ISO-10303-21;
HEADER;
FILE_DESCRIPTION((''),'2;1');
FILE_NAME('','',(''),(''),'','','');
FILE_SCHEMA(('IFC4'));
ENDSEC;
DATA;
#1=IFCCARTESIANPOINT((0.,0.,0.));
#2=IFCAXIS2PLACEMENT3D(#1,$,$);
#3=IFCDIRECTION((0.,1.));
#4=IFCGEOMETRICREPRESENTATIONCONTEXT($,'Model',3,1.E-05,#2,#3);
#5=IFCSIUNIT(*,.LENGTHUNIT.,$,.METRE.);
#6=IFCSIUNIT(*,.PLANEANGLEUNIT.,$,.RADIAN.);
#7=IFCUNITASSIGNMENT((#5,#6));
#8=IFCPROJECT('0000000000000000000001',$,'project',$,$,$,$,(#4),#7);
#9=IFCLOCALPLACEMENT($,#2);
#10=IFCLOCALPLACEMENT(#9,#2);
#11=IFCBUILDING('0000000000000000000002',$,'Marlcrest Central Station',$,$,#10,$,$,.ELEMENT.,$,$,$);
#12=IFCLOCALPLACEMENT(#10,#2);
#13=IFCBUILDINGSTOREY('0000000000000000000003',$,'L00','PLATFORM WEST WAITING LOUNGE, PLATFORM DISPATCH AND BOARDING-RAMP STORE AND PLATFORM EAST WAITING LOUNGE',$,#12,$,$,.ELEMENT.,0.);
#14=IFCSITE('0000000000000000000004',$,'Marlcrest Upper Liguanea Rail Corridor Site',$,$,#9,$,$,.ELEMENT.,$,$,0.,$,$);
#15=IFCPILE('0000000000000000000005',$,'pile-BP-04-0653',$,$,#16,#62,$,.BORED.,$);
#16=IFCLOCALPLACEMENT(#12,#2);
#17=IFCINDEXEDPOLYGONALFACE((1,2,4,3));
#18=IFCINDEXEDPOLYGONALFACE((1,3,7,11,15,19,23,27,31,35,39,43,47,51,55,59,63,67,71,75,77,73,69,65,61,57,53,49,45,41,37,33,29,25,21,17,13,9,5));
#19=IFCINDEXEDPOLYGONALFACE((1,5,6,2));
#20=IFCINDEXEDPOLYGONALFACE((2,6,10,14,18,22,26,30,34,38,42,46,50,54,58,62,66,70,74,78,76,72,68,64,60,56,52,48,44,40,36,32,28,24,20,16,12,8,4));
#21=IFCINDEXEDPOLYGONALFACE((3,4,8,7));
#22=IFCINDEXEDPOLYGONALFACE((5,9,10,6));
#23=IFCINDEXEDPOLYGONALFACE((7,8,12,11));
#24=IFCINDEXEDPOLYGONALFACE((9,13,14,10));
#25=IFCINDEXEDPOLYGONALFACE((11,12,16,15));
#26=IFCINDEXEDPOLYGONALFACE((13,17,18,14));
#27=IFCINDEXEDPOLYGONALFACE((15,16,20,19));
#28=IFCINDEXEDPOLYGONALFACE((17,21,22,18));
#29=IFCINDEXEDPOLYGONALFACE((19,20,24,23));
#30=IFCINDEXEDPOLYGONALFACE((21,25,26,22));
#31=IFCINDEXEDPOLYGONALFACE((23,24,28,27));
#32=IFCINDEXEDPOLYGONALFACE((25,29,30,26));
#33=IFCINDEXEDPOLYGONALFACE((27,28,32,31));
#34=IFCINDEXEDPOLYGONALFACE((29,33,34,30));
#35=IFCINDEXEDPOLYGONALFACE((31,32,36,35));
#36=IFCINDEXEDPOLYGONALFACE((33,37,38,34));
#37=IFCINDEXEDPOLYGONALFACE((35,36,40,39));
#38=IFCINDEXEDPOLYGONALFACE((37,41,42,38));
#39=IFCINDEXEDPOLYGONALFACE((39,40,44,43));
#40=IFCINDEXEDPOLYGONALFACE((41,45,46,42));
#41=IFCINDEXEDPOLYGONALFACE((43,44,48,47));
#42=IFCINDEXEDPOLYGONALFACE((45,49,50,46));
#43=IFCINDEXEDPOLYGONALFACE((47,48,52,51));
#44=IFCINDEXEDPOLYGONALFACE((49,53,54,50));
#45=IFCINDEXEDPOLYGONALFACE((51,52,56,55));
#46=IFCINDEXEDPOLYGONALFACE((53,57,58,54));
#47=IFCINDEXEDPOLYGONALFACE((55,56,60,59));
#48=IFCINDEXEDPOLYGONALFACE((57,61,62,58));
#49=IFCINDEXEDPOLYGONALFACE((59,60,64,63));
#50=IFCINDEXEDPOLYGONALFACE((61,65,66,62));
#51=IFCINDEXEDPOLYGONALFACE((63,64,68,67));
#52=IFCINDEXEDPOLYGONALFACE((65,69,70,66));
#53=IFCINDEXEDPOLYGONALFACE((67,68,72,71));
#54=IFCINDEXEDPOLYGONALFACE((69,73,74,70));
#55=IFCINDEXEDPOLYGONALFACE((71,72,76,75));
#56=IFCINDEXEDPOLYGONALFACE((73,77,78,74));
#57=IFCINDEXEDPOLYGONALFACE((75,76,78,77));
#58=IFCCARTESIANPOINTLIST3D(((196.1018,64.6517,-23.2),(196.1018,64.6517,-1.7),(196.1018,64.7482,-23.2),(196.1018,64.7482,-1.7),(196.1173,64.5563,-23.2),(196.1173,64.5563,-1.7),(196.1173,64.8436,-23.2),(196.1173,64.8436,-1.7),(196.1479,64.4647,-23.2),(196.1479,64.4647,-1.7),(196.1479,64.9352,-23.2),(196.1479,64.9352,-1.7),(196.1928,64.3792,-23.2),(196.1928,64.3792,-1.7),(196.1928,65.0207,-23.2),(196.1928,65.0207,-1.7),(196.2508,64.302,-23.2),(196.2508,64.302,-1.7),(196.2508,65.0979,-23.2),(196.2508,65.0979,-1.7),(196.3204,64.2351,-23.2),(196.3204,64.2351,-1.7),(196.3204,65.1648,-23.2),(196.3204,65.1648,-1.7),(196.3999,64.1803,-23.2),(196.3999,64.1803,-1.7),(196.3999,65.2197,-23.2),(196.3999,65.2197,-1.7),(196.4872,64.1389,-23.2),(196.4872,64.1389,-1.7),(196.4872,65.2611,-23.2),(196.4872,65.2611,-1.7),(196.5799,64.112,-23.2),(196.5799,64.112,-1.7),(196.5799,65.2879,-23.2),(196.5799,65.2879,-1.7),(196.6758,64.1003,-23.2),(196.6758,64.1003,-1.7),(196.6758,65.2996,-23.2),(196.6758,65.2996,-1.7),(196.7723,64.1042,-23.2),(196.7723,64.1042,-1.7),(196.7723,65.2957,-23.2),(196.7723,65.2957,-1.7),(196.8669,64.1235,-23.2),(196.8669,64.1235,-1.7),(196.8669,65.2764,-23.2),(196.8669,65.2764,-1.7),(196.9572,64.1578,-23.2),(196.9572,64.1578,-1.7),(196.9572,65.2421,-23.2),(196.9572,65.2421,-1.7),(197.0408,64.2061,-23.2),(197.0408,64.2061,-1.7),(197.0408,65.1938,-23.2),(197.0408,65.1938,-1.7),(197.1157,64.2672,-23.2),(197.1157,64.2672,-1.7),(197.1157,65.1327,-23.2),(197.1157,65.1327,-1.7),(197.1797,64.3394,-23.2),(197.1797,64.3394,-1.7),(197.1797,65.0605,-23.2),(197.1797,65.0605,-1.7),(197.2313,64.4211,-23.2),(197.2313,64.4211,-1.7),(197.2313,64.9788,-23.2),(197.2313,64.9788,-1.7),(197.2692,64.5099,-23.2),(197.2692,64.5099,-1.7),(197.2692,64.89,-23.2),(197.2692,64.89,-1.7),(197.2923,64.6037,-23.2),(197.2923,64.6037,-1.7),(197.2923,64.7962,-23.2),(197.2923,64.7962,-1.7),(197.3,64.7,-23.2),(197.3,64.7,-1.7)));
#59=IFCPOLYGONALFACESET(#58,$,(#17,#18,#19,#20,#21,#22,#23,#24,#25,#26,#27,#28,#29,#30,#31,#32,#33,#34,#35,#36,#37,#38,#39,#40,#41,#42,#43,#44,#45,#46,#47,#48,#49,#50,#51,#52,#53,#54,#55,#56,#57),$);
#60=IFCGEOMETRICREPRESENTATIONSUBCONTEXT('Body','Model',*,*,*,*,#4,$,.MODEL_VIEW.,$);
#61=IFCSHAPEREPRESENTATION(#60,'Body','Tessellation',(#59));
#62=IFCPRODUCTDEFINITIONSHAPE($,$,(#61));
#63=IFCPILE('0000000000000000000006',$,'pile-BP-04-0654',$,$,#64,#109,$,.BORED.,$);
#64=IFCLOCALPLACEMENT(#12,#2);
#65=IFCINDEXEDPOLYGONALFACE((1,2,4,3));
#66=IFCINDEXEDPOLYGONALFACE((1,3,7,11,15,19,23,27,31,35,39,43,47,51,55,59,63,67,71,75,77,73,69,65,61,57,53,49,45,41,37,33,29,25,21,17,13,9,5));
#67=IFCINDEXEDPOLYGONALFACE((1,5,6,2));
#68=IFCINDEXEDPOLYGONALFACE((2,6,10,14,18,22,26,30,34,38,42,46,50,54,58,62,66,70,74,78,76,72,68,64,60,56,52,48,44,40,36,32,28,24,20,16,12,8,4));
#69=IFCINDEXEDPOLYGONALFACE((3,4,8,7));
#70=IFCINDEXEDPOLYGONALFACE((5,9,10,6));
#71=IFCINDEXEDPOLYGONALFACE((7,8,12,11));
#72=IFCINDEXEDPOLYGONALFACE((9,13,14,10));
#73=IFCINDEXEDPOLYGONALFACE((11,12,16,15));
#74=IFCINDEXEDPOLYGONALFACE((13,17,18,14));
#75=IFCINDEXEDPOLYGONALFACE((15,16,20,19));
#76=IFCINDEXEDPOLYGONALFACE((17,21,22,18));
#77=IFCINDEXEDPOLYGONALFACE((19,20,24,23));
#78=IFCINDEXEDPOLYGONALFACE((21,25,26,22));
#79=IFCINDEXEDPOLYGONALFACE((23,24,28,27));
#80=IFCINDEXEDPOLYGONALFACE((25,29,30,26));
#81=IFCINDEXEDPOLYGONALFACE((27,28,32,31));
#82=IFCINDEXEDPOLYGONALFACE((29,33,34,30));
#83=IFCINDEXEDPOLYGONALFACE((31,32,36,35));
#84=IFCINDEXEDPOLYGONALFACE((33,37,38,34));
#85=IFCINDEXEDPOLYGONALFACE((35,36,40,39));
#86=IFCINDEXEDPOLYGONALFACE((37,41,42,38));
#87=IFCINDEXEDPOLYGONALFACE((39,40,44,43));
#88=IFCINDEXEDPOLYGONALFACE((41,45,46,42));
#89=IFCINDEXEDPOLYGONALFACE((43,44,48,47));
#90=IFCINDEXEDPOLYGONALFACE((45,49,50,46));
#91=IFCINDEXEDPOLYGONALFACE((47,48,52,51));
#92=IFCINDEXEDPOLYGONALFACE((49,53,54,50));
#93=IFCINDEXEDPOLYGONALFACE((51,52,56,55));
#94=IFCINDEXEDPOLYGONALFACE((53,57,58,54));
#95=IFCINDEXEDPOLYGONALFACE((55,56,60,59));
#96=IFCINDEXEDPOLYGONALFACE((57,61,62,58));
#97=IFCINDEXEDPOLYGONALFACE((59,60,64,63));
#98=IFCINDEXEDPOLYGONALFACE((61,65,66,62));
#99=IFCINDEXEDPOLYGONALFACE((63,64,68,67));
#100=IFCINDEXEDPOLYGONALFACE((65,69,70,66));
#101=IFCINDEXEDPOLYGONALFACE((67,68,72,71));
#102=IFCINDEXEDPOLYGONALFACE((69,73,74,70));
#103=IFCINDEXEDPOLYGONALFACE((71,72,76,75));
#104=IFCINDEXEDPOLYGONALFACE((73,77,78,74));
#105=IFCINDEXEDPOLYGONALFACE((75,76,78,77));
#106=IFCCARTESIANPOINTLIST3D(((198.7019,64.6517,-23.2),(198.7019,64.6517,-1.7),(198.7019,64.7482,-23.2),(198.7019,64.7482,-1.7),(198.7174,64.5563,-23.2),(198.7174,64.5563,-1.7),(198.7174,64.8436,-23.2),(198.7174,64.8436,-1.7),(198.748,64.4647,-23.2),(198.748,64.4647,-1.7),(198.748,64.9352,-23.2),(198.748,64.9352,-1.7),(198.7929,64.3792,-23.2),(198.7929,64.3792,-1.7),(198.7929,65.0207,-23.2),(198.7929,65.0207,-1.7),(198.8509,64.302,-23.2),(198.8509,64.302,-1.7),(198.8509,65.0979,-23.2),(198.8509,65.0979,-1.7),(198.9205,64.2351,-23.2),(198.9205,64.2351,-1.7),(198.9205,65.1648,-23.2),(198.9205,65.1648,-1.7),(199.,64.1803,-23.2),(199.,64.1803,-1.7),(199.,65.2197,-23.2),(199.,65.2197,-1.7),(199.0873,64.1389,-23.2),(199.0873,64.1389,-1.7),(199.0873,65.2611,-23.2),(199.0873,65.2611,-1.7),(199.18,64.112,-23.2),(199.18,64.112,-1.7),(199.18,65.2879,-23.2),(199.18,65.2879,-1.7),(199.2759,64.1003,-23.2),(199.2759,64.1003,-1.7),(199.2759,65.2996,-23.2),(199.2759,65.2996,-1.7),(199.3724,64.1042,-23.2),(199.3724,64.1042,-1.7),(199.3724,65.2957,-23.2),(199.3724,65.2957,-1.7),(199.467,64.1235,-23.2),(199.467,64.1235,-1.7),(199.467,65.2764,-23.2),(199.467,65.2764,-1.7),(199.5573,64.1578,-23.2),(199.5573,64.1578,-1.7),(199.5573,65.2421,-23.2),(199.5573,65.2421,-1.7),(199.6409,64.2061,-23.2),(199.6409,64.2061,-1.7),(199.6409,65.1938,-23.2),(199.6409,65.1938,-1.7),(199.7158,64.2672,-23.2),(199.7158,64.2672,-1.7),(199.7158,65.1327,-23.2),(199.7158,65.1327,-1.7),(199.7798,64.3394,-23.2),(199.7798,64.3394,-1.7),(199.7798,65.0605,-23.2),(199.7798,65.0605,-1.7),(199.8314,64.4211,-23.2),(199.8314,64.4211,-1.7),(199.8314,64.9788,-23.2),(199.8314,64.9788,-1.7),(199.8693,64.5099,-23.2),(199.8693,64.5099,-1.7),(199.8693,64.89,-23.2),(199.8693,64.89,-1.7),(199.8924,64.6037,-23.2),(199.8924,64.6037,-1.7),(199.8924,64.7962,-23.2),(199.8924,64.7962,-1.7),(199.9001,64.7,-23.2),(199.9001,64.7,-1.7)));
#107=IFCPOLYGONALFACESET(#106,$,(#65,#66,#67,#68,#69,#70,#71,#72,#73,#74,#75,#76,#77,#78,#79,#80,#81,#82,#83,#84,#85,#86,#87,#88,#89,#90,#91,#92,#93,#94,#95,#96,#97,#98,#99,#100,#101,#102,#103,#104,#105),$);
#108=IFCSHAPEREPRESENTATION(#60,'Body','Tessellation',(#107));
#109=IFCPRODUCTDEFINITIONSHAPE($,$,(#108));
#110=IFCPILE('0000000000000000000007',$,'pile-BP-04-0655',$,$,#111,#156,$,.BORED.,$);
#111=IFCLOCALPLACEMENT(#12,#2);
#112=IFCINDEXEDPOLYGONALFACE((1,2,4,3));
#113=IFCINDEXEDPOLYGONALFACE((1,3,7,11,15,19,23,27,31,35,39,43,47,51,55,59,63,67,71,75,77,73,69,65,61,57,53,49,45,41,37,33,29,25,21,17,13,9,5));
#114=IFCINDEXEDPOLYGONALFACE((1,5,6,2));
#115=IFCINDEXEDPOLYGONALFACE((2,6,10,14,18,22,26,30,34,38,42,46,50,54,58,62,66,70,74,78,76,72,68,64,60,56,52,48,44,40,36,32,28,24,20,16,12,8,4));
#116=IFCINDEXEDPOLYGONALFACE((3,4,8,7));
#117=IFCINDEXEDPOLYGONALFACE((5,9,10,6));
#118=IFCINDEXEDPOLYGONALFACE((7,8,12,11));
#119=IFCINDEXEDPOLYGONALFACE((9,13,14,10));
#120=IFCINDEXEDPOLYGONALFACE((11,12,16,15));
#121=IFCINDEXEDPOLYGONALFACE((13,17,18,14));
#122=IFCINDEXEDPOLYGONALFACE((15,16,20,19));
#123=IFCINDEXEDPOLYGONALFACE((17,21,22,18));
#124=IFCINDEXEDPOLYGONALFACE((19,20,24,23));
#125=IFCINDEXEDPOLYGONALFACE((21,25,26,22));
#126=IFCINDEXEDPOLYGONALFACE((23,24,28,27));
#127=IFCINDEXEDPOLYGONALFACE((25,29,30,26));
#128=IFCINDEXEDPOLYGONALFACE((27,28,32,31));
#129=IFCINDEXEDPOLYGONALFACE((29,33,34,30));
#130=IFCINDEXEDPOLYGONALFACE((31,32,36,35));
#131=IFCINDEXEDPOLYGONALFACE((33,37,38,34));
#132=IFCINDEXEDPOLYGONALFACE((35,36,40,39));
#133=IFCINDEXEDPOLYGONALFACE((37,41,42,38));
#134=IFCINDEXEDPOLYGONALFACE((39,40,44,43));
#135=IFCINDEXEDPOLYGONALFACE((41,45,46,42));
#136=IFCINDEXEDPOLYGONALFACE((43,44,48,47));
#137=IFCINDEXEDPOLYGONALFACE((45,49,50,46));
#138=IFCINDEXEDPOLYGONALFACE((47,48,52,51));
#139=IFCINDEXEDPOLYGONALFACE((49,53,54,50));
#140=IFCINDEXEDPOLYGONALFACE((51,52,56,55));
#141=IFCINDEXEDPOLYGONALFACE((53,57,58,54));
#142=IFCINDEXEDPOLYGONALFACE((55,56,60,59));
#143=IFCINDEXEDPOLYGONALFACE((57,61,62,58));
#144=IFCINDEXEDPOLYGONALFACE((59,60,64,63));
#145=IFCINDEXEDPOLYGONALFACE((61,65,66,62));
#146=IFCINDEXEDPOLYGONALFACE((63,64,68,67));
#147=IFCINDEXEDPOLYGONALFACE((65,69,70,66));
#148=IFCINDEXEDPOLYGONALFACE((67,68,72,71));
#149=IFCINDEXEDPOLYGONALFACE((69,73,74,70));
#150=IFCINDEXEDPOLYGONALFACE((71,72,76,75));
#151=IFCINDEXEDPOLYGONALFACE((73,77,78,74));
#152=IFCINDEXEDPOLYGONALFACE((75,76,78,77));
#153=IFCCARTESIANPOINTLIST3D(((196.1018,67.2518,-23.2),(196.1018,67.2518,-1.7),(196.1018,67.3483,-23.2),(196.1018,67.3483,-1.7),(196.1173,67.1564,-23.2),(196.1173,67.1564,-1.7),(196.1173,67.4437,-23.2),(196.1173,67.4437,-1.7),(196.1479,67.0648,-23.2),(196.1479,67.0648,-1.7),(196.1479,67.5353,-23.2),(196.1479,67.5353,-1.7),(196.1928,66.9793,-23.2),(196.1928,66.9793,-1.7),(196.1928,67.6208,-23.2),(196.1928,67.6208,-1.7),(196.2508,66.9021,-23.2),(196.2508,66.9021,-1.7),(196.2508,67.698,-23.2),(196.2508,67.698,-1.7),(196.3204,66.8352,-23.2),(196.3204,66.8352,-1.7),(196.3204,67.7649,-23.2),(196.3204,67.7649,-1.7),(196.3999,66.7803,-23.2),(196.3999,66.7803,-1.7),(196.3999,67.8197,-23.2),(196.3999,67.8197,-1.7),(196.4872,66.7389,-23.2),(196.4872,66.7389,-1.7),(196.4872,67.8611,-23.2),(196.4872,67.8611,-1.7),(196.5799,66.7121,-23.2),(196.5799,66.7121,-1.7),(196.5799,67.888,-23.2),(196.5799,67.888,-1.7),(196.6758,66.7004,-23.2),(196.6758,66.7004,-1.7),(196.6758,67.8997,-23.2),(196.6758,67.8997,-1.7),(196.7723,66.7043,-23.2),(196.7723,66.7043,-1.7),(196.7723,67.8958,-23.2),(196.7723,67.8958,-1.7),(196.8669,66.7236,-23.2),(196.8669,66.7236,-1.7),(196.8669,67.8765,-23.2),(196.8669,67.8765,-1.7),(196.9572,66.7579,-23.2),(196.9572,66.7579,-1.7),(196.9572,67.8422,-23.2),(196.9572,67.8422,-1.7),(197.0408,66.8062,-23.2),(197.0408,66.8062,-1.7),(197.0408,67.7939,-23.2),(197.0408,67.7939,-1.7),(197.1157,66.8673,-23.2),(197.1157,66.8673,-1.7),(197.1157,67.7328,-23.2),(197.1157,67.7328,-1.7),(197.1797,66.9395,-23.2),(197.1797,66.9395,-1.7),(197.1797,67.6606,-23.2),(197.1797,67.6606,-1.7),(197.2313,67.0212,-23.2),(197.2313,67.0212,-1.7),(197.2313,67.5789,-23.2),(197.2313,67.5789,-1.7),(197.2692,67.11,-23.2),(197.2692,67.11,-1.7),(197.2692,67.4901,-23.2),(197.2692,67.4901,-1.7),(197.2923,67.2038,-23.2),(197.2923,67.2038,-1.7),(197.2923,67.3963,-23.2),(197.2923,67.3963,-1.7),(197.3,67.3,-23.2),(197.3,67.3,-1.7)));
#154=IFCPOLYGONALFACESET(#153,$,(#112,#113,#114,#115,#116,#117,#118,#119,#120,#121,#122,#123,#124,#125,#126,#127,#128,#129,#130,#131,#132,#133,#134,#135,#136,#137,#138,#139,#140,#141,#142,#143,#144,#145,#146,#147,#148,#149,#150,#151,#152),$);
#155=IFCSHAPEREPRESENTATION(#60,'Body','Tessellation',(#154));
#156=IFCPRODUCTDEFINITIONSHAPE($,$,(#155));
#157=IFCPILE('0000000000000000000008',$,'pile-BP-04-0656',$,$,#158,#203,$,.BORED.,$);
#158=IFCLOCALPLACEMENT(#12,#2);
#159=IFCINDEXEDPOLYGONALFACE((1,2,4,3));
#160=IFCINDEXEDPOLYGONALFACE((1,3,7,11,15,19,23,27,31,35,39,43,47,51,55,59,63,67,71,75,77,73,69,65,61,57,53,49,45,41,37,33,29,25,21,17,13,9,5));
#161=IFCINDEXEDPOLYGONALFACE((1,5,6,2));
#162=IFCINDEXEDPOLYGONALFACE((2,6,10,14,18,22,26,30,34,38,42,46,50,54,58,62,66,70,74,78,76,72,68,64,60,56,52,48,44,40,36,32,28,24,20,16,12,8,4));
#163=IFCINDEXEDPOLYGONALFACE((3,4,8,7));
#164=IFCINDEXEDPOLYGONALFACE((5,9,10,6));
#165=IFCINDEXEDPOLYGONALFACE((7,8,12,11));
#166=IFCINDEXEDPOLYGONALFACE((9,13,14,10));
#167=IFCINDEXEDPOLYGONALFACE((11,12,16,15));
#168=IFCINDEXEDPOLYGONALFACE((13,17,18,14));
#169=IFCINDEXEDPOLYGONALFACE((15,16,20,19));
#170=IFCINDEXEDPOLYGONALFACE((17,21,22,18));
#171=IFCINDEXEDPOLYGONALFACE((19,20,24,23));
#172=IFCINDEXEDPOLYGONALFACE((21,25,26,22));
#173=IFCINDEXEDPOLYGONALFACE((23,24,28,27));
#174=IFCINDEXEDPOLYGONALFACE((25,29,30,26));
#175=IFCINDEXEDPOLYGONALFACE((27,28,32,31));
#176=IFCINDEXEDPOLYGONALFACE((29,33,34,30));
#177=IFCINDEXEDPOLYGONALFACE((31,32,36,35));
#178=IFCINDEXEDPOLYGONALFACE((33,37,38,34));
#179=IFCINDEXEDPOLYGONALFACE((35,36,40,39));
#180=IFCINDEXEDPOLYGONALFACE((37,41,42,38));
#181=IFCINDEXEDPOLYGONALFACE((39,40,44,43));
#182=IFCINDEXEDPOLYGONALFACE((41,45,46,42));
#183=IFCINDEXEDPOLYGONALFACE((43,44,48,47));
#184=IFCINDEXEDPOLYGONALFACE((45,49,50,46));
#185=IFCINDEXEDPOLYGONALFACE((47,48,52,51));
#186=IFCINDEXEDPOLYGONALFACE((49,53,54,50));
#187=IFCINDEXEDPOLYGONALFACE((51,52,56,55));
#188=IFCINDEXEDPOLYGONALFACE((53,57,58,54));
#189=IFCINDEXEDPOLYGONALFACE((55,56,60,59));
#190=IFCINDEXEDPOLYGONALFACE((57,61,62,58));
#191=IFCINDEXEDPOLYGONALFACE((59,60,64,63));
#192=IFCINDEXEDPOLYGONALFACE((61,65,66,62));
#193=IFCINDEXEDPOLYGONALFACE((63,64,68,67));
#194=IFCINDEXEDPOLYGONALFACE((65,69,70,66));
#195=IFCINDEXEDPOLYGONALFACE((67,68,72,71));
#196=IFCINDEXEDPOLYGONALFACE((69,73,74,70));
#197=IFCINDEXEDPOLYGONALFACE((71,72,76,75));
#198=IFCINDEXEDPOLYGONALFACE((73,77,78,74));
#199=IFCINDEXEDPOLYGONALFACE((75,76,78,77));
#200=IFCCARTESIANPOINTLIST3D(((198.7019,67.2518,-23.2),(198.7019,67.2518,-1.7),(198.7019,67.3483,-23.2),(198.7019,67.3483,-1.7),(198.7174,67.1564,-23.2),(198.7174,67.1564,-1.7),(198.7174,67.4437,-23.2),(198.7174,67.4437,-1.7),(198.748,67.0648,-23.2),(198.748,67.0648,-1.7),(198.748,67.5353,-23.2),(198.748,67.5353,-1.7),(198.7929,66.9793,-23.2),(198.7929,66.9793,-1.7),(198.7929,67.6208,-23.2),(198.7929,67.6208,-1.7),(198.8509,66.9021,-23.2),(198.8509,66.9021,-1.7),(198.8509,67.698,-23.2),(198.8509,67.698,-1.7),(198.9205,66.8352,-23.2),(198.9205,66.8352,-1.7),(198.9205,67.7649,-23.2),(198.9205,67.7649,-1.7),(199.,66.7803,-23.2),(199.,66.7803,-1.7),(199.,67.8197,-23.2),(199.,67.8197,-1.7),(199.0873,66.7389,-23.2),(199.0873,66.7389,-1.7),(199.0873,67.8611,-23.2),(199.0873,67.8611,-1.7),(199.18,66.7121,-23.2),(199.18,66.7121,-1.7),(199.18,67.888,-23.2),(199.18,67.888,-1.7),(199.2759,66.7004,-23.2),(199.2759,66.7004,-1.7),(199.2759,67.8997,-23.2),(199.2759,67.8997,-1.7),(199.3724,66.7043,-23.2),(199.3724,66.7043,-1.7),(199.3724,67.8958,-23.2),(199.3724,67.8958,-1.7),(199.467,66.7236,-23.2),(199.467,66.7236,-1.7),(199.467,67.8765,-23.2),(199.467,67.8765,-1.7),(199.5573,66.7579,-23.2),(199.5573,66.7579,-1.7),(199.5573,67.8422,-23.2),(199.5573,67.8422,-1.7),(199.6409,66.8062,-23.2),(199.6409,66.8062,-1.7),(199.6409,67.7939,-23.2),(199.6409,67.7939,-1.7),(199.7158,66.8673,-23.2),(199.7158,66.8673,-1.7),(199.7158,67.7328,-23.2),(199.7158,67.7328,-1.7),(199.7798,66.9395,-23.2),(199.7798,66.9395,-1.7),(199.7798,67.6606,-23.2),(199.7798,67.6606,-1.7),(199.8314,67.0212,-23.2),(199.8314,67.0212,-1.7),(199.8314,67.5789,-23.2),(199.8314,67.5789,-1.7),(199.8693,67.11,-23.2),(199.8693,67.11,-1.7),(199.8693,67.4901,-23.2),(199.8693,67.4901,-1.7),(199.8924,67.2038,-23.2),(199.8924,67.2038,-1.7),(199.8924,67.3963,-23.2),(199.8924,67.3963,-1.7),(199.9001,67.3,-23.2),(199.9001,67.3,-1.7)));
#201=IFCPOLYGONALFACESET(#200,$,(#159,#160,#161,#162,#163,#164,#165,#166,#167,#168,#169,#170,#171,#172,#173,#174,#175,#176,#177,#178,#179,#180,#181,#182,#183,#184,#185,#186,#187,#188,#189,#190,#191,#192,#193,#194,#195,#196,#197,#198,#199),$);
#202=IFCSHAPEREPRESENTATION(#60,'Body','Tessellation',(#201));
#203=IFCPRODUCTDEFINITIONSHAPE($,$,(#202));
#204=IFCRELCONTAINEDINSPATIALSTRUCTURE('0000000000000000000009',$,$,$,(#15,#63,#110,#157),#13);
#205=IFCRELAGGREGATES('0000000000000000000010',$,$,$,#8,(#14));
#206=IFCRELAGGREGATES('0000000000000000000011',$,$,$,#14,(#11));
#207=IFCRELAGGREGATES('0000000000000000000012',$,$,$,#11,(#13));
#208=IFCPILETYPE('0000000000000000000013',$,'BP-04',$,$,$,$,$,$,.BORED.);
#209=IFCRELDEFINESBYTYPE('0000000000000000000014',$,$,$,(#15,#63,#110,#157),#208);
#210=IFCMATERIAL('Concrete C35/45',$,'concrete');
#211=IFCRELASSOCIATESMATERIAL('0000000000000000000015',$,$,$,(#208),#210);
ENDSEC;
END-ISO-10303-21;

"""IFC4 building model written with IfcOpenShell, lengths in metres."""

from ifc_helpers import new_model, si_unit, direction, frame, origin, origin_2d, place, context, subcontext, project, spatial, circle, extrude, material, material_profile, profile_set, type_object, element, save


model = new_model("IFC4")

# Units and contexts
model_context = context("Model", 3, precision=1e-05, world=origin(), true_north=direction((0.0, 1.0)))
body_context = subcontext(model_context, "Body", "Model", "MODEL_VIEW")
ifc_project = project(units=[si_unit("LENGTHUNIT", "METRE"), si_unit("PLANEANGLEUNIT", "RADIAN")], contexts=[model_context])

# Site, building, storey
site_placement = place(None, origin())
site = spatial("IfcSite", under=ifc_project, at=site_placement, Name="Marlcrest Upper Liguanea Rail Corridor Site", CompositionType="ELEMENT", RefElevation=0.0)
building_placement = place(site_placement, origin())
building = spatial("IfcBuilding", under=site, at=building_placement, Name="Marlcrest Central Station", CompositionType="ELEMENT")
storey_placement = place(building_placement, origin())
storey = spatial("IfcBuildingStorey", under=building, at=storey_placement, Name="L00", Description="PLATFORM WEST WAITING LOUNGE, PLATFORM DISPATCH AND BOARDING-RAMP STORE AND PLATFORM EAST WAITING LOUNGE", CompositionType="ELEMENT", Elevation=0.0)

# Piles
ifc_material_1 = material(Name="Concrete C35/45", Category="concrete")
ifc_material_profile_1 = material_profile(ifc_material_1, circle(Radius=0.6001, at=origin_2d()), Name="PILE D1200")
ifc_profile_set_1 = profile_set([ifc_material_profile_1], Name="Concrete C35/45")
pile_type = type_object("IfcPileType", Name="BP-04", PredefinedType="BORED", material=ifc_profile_set_1)
for number, where, z_axis, x_axis, name in (
    (1, (196.7, 64.7, -1.7), (0.0, 0.0, -1.0), (1.0, 0.0, 0.0), "pile-BP-04-0653"),
    (2, (199.3, 64.7, -1.7), (0.0, 0.0, -1.0), (1.0, 0.0, 0.0), "pile-BP-04-0654"),
    (3, (196.7, 67.3, -1.7), (0.0, 0.0, -1.0), (1.0, 0.0, 0.0), "pile-BP-04-0655"),
    (4, (199.3, 67.3, -1.7), (0.0, 0.0, -1.0), (1.0, 0.0, 0.0), "pile-BP-04-0656"),
):
    element("IfcPile", number, at=place(storey_placement, frame(where, z_axis=z_axis, x_axis=x_axis)), inside=storey, type_object=pile_type, Name=name, PredefinedType="BORED", context=body_context, shape_type="SweptSolid", body=[
        extrude(circle(Radius=0.6001, at=origin_2d()), origin(), (0.0, 0.0, 1.0), 21.5),
    ])

save(model, "model.ifc")
